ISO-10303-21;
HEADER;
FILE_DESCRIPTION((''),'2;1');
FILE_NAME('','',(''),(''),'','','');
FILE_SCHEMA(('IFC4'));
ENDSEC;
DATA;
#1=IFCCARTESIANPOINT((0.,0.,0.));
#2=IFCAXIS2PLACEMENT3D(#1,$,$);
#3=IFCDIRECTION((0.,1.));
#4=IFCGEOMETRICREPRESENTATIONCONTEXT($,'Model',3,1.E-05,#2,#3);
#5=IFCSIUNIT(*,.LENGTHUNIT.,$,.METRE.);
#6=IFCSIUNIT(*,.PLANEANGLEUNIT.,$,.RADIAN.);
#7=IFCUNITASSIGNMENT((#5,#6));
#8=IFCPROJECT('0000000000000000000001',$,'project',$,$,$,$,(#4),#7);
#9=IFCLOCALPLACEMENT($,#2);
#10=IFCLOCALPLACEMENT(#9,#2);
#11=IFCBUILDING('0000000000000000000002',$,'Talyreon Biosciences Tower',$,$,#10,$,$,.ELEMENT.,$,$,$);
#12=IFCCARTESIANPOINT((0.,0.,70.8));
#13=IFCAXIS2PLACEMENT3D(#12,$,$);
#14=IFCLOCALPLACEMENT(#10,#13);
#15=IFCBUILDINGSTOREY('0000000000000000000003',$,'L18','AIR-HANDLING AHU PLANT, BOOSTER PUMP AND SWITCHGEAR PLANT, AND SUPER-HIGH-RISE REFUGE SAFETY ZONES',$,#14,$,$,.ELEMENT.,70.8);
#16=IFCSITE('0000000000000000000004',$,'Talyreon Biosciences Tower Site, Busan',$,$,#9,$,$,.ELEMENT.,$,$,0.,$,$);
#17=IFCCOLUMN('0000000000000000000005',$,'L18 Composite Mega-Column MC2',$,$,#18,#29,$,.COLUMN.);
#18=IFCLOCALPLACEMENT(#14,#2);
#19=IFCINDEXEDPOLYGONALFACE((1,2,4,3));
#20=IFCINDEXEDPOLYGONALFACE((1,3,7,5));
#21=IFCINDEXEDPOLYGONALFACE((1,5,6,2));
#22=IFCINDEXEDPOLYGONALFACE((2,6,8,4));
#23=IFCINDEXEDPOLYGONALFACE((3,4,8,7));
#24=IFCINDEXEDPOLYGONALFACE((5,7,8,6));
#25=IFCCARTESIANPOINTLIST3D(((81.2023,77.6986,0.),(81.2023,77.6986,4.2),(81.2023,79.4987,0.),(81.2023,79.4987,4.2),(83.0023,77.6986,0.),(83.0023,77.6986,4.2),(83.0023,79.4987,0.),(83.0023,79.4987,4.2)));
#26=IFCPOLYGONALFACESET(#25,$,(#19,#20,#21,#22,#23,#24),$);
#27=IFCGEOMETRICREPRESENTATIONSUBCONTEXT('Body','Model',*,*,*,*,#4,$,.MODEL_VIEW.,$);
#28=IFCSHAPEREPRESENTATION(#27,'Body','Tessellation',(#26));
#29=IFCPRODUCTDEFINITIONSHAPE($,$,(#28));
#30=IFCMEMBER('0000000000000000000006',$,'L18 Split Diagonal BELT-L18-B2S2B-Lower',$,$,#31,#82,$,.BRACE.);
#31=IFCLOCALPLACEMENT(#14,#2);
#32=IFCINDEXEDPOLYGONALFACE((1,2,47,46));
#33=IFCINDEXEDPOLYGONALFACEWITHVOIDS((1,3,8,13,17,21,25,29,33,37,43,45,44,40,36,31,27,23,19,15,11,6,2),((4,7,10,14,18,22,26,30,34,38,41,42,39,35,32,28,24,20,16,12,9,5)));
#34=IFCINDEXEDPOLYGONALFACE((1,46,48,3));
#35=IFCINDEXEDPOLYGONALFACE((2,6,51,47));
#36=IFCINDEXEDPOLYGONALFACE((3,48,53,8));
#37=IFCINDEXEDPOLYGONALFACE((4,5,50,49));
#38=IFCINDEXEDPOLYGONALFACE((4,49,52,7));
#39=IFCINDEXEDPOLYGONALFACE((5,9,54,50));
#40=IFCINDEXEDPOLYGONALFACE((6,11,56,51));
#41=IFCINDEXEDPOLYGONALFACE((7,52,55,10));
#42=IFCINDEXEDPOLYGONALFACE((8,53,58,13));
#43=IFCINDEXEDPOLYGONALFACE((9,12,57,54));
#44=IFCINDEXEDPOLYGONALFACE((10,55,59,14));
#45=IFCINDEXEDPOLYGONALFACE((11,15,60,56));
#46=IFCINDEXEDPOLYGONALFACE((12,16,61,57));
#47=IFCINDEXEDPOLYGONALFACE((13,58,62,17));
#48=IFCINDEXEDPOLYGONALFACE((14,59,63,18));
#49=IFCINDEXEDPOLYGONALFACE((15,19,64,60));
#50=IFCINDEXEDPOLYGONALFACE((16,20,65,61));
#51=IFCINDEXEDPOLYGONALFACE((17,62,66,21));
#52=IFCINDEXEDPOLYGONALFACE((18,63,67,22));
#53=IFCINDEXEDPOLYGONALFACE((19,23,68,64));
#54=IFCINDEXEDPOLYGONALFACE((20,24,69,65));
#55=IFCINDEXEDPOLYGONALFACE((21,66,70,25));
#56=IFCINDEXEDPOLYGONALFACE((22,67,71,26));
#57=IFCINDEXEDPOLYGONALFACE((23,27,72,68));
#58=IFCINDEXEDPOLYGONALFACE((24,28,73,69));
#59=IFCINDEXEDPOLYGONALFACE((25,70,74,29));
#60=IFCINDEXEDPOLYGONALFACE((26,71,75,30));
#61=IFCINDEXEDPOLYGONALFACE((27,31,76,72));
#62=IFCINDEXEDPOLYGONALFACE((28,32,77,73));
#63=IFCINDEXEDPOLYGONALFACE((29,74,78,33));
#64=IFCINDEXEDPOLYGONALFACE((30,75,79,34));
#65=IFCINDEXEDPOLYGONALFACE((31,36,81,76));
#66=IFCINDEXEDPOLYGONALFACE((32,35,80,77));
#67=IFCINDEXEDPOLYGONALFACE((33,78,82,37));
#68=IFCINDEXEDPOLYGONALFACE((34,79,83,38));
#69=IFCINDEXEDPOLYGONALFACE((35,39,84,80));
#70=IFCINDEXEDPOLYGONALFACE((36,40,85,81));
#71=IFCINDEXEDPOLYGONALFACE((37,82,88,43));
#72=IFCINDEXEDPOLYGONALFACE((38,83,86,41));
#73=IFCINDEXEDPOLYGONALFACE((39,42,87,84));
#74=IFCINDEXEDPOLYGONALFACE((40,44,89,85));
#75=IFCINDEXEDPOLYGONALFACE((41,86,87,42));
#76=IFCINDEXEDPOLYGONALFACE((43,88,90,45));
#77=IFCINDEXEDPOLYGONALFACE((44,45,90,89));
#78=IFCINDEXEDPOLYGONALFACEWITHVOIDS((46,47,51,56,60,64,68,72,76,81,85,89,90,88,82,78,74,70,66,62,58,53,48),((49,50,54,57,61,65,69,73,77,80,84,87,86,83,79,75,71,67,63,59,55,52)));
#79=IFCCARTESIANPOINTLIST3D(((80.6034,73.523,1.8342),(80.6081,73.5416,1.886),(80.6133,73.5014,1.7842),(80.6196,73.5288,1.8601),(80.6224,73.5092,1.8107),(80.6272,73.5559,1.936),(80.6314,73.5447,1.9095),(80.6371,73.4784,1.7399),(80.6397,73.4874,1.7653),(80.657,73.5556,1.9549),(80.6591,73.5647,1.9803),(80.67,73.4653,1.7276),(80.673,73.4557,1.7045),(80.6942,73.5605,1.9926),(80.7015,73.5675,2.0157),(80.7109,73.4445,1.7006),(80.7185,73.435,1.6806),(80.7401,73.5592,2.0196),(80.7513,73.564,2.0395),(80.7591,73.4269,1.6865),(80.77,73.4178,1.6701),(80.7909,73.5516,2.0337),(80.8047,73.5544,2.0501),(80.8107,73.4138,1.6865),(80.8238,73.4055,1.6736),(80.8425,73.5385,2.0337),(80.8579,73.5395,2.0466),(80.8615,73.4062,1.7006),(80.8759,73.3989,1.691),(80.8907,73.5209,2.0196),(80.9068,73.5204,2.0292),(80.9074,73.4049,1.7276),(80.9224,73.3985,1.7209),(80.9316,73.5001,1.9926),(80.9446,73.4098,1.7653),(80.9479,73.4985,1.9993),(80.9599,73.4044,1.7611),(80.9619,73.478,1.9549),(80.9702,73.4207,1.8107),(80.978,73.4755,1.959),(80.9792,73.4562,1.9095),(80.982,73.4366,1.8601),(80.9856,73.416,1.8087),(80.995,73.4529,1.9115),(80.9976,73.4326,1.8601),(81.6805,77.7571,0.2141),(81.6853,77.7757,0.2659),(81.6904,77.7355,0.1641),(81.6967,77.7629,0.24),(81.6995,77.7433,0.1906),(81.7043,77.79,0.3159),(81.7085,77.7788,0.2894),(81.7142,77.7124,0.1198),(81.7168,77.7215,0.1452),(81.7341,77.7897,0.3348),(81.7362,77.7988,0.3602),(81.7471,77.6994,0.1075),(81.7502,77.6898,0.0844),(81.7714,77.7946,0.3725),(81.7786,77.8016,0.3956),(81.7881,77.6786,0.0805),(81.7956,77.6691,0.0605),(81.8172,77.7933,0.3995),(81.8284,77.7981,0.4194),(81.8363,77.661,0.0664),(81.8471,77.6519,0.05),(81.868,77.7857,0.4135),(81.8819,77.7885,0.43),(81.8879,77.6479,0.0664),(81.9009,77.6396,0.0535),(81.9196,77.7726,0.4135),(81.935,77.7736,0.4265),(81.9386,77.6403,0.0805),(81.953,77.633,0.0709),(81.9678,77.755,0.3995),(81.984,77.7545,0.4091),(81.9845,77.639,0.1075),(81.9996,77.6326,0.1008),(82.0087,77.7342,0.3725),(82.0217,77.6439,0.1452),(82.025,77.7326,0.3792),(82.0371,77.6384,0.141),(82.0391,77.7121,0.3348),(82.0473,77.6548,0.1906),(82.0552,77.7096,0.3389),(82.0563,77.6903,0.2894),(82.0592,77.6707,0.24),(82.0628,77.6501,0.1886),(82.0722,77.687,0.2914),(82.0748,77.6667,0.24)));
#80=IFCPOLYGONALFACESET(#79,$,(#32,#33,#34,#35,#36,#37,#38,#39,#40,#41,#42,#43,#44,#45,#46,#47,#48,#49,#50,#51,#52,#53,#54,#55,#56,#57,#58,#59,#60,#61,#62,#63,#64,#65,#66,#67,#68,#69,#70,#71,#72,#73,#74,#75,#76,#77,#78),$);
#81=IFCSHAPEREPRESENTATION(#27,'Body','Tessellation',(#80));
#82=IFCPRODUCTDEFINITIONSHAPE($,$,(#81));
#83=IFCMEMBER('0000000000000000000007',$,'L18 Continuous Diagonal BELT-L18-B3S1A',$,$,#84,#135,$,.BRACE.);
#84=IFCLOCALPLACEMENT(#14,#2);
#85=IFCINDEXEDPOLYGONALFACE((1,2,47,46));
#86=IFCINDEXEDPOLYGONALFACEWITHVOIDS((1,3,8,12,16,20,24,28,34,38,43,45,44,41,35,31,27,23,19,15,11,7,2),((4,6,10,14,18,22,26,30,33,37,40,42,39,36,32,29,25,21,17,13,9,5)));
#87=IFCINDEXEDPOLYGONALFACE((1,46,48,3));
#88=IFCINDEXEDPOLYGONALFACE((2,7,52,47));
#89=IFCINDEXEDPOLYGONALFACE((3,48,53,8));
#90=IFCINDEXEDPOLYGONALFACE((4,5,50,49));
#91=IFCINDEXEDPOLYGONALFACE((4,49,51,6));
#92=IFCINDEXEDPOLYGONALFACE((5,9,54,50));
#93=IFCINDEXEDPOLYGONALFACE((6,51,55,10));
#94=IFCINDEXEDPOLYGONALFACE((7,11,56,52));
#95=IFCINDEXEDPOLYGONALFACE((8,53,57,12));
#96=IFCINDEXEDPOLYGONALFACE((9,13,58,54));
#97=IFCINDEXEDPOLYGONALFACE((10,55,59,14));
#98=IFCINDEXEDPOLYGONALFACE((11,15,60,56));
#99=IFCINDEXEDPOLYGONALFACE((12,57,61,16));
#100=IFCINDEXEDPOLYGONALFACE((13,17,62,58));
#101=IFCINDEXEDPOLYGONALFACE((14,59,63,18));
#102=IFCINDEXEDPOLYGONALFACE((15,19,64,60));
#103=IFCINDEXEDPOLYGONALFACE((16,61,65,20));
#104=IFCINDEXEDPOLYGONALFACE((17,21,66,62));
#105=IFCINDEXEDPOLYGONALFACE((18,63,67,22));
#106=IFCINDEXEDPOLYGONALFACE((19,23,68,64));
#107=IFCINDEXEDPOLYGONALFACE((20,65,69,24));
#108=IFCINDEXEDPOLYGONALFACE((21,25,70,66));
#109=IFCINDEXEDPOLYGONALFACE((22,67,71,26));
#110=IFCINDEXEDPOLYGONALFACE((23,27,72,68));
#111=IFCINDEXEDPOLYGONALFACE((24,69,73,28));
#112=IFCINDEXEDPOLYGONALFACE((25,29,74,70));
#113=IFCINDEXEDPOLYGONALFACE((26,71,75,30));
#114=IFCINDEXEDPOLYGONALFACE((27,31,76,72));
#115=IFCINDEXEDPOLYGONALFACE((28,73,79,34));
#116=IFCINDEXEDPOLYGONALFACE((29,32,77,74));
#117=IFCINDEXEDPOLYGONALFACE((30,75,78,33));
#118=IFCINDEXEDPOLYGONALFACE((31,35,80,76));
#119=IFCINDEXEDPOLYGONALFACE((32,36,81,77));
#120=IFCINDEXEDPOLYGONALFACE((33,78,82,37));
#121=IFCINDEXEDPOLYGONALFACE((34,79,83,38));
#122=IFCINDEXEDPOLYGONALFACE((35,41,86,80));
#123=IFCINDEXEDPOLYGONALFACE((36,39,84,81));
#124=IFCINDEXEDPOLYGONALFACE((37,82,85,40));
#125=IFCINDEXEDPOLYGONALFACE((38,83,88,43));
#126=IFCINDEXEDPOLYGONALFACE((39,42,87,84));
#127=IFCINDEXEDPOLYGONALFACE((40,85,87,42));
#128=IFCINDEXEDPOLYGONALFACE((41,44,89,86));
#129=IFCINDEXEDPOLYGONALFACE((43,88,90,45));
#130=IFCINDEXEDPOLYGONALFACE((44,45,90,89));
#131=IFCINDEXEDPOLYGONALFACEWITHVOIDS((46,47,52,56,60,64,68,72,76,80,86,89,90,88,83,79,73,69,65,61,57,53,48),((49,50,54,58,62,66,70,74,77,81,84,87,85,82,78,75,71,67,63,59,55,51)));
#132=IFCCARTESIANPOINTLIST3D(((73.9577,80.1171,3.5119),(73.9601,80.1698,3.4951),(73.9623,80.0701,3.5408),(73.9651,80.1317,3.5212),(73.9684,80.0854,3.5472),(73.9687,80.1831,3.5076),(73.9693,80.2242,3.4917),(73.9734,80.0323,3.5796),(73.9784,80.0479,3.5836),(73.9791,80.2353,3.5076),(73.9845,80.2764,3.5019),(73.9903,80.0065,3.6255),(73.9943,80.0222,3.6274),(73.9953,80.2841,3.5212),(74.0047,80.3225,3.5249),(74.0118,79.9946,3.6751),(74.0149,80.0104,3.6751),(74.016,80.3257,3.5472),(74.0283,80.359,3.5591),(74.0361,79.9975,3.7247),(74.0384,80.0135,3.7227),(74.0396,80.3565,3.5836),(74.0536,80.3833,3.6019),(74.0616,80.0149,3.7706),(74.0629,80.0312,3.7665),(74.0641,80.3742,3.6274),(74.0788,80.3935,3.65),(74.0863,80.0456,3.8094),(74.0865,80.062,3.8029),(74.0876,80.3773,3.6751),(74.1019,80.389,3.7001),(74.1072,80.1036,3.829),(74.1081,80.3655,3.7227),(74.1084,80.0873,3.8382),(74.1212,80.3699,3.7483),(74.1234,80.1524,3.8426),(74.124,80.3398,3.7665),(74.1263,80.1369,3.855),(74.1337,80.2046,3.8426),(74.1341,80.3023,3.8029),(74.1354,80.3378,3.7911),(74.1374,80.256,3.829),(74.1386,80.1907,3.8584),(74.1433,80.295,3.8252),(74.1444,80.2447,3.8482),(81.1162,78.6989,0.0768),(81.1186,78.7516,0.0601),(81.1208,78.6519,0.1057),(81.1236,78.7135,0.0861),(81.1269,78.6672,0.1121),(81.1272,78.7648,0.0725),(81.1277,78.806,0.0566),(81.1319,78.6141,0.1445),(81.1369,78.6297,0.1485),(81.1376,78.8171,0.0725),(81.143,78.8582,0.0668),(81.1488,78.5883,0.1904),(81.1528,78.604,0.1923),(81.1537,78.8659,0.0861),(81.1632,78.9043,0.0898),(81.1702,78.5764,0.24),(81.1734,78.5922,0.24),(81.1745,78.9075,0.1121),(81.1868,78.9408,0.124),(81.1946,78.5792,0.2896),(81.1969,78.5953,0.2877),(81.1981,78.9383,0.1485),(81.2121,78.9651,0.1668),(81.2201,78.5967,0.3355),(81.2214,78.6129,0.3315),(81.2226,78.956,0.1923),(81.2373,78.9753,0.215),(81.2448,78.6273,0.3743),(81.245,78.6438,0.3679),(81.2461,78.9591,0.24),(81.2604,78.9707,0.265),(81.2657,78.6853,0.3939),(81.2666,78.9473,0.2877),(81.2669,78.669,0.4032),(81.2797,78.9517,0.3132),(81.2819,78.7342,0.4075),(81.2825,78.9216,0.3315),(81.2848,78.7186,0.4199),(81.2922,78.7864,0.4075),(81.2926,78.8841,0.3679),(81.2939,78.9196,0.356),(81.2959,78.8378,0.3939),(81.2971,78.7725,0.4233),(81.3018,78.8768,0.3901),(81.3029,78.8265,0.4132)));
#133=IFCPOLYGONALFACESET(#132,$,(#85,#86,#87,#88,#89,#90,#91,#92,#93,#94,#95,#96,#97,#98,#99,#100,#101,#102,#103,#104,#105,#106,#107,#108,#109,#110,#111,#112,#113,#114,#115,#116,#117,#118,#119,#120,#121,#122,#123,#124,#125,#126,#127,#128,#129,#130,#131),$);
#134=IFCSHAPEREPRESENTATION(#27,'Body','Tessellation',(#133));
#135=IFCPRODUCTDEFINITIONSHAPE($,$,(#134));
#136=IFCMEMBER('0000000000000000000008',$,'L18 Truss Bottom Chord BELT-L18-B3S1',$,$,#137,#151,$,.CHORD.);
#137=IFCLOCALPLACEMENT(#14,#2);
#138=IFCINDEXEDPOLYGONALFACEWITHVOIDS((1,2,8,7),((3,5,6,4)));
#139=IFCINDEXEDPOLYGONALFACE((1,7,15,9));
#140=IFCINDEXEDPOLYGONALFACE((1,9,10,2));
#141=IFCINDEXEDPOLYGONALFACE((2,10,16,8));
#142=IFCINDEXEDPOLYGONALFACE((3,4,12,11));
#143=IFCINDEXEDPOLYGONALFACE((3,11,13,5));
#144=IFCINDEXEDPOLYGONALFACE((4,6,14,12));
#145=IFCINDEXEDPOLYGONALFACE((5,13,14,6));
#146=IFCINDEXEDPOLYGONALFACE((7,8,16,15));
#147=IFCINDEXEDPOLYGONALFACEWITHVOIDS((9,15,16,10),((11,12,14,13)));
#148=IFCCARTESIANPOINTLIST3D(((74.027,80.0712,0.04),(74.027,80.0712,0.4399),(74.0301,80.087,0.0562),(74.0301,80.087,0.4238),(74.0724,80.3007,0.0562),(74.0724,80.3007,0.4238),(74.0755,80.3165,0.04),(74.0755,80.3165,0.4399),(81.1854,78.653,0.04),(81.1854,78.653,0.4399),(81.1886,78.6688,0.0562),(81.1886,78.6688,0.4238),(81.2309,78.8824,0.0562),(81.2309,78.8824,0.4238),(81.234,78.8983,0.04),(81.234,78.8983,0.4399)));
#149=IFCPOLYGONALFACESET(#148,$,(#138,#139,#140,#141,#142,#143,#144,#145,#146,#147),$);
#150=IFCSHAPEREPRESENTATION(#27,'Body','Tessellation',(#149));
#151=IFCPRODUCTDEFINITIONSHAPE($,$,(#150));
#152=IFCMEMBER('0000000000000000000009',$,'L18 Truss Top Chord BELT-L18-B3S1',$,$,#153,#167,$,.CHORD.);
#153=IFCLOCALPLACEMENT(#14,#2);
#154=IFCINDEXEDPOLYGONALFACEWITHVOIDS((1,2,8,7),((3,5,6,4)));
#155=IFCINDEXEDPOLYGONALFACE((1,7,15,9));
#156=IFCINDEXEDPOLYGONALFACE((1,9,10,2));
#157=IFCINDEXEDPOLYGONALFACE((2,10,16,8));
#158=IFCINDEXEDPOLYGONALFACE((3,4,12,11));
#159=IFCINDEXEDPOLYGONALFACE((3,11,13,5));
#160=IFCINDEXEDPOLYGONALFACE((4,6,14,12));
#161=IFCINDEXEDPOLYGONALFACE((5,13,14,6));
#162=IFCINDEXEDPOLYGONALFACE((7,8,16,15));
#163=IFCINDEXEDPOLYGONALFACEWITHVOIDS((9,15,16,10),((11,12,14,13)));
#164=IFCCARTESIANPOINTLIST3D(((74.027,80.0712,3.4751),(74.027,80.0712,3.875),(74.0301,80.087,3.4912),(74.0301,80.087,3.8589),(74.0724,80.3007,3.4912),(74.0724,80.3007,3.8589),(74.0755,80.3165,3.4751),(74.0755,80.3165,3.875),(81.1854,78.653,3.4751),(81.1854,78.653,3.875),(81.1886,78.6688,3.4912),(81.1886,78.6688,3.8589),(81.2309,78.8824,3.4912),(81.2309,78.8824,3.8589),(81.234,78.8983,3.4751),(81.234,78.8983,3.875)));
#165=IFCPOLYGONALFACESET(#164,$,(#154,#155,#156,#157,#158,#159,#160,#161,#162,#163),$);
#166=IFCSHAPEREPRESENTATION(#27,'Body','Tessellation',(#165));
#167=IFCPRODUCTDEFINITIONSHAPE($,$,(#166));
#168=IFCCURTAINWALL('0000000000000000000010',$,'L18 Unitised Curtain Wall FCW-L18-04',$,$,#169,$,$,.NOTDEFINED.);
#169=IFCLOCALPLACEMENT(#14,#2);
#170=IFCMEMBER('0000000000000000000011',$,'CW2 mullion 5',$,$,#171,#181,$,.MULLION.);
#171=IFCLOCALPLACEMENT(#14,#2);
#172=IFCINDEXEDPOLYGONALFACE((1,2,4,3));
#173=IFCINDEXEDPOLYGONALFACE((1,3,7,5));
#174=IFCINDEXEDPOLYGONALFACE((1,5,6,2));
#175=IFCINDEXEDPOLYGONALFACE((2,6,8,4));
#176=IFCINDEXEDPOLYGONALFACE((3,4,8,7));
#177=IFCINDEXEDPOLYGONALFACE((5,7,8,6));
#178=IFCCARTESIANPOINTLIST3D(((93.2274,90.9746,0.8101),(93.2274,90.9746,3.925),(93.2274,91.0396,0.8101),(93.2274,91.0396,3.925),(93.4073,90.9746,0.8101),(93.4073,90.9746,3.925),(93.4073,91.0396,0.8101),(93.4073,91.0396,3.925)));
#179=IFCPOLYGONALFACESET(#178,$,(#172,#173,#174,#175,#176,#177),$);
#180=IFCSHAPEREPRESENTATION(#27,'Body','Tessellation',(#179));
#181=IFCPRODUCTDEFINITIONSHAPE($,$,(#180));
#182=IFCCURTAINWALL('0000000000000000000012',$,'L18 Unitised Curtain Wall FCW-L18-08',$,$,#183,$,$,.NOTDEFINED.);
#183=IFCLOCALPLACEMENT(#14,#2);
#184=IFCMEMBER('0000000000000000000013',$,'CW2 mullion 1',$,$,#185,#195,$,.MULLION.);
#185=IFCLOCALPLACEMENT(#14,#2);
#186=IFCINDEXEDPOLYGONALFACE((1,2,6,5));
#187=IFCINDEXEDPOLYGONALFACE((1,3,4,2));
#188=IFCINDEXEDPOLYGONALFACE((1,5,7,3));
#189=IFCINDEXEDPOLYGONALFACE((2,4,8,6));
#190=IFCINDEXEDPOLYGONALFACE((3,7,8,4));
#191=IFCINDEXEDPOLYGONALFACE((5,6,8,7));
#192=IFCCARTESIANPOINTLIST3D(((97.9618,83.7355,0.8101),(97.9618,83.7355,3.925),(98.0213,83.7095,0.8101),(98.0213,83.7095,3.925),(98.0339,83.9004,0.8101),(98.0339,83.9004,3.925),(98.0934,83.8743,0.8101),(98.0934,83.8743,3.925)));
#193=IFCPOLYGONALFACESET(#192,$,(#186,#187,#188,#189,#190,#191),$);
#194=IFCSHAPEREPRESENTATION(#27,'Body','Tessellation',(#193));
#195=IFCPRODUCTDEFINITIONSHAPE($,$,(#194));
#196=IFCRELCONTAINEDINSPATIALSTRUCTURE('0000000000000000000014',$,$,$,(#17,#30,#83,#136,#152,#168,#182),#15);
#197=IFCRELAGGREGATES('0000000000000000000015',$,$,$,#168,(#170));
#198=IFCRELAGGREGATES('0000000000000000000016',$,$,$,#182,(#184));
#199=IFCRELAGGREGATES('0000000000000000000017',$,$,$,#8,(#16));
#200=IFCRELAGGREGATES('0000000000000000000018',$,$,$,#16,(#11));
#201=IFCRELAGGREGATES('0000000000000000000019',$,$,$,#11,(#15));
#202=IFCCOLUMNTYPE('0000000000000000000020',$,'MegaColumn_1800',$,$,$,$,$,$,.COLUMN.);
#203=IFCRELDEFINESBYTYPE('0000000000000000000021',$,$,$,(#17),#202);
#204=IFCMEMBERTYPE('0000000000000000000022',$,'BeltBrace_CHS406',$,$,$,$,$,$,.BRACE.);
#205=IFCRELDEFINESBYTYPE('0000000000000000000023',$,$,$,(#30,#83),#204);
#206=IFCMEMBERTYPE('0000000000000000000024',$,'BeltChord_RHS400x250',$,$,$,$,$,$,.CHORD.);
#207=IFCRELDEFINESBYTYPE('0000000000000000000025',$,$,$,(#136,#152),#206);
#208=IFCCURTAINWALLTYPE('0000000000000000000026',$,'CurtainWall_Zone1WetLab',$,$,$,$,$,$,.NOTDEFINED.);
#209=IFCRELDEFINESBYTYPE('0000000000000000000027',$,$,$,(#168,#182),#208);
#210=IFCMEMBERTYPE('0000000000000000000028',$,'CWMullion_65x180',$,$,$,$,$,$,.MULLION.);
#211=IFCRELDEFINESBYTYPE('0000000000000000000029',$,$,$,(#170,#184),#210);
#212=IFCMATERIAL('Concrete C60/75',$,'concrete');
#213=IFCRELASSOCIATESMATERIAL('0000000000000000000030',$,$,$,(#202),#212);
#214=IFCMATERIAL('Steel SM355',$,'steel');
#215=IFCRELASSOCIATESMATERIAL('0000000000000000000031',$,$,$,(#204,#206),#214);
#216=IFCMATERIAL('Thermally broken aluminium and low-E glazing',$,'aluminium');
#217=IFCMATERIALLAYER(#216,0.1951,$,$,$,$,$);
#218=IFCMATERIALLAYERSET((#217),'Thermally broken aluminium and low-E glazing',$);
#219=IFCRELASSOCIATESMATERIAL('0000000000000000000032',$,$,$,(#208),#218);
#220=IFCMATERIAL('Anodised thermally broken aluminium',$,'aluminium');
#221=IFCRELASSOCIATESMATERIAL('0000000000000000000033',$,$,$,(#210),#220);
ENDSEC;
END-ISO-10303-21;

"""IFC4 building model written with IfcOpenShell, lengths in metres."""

from ifc_helpers import new_model, si_unit, direction, frame, origin, origin_2d, place, context, subcontext, project, spatial, rectangle, hollow_rectangle, hollow_circle, extrude, material, layer, layer_set, material_profile, profile_set, type_object, element, aggregate, save


model = new_model("IFC4")

# Units and contexts
model_context = context("Model", 3, precision=1e-05, world=origin(), true_north=direction((0.0, 1.0)))
body_context = subcontext(model_context, "Body", "Model", "MODEL_VIEW")
ifc_project = project(units=[si_unit("LENGTHUNIT", "METRE"), si_unit("PLANEANGLEUNIT", "RADIAN")], contexts=[model_context])

# Site, building, storey
site_placement = place(None, origin())
site = spatial("IfcSite", under=ifc_project, at=site_placement, Name="Talyreon Biosciences Tower Site, Busan", CompositionType="ELEMENT", RefElevation=0.0)
building_placement = place(site_placement, origin())
building = spatial("IfcBuilding", under=site, at=building_placement, Name="Talyreon Biosciences Tower", CompositionType="ELEMENT")
storey_placement = place(building_placement, frame((0.0, 0.0, 70.8)))
storey = spatial("IfcBuildingStorey", under=building, at=storey_placement, Name="L18", Description="AIR-HANDLING AHU PLANT, BOOSTER PUMP AND SWITCHGEAR PLANT, AND SUPER-HIGH-RISE REFUGE SAFETY ZONES", CompositionType="ELEMENT", Elevation=70.8)

# Column
ifc_material_1 = material(Name="Concrete C60/75", Category="concrete")
ifc_material_profile_1 = material_profile(ifc_material_1, rectangle(XDim=1.8, YDim=1.8, at=origin_2d()), Name="RC 1800x1800")
ifc_profile_set_1 = profile_set([ifc_material_profile_1], Name="Concrete C60/75")
column_type = type_object("IfcColumnType", Name="MegaColumn_1800", PredefinedType="COLUMN", material=ifc_profile_set_1)
column_placement = place(storey_placement, frame((82.1023, 78.5986, 0.0), z_axis=(0.0, 0.0, 1.0), x_axis=(1.0, 0.0, 0.0)))
element("IfcColumn", 1, at=column_placement, inside=storey, type_object=column_type, Name="L18 Composite Mega-Column MC2", PredefinedType="COLUMN", context=body_context, shape_type="SweptSolid", body=[
    extrude(rectangle(XDim=1.8, YDim=1.8, at=origin_2d()), origin(), (0.0, 0.0, 1.0), 4.2),
])

# Members
ifc_material_2 = material(Name="Steel SM355", Category="steel")
ifc_material_profile_2 = material_profile(ifc_material_2, hollow_circle(Radius=0.2031, WallThickness=0.0161, at=origin_2d()), Name="CHS 406.4x16")
ifc_profile_set_2 = profile_set([ifc_material_profile_2], Name="Steel SM355")
member_type_1 = type_object("IfcMemberType", Name="BeltBrace_CHS406", PredefinedType="BRACE", material=ifc_profile_set_2)
member_1_placement = place(storey_placement, frame((81.8779, 77.7168, 0.24), z_axis=(-0.231162, -0.908668, 0.347686), x_axis=(0.969132, -0.246544, 0.0)))
element("IfcMember", 2, at=member_1_placement, inside=storey, type_object=member_type_1, Name="L18 Split Diagonal BELT-L18-B2S2B-Lower", PredefinedType="BRACE", context=body_context, shape_type="SweptSolid", body=[
    extrude(hollow_circle(Radius=0.2031, WallThickness=0.0161, at=origin_2d()), origin(), (0.0, 0.0, 1.0), 4.6597),
])
member_2_placement = place(storey_placement, frame((81.2097, 78.7756, 0.24), z_axis=(-0.887525, 0.175834, 0.425889), x_axis=(-0.19434, -0.980934, 0.0)))
element("IfcMember", 3, at=member_2_placement, inside=storey, type_object=member_type_1, Name="L18 Continuous Diagonal BELT-L18-B3S1A", PredefinedType="BRACE", context=body_context, shape_type="SweptSolid", body=[
    extrude(hollow_circle(Radius=0.2031, WallThickness=0.0161, at=origin_2d()), origin(), (0.0, 0.0, 1.0), 8.0657),
])
ifc_material_profile_3 = material_profile(ifc_material_2, hollow_rectangle(XDim=0.25, YDim=0.3999, WallThickness=0.0161, at=origin_2d()), Name="RHS 400x250x16")
ifc_profile_set_3 = profile_set([ifc_material_profile_3], Name="Steel SM355")
member_type_2 = type_object("IfcMemberType", Name="BeltChord_RHS400x250", PredefinedType="CHORD", material=ifc_profile_set_3)
for number, where, z_axis, x_axis, name in (
    (4, (81.2097, 78.7756, 0.24), (-0.980934, 0.19434, 0.0), (-0.19434, -0.980934, 0.0), "L18 Truss Bottom Chord BELT-L18-B3S1"),
    (5, (81.2097, 78.7756, 3.675), (-0.980934, 0.19434, 0.0), (-0.19434, -0.980934, 0.0), "L18 Truss Top Chord BELT-L18-B3S1"),
):
    element("IfcMember", number, at=place(storey_placement, frame(where, z_axis=z_axis, x_axis=x_axis)), inside=storey, type_object=member_type_2, Name=name, PredefinedType="CHORD", context=body_context, shape_type="SweptSolid", body=[
        extrude(hollow_rectangle(XDim=0.25, YDim=0.3999, WallThickness=0.0161, at=origin_2d()), origin(), (0.0, 0.0, 1.0), 7.2976),
    ])

# Curtain wall, member
ifc_material_3 = material(Name="Thermally broken aluminium and low-E glazing", Category="aluminium")
ifc_layer_1 = layer(ifc_material_3, 0.1951)
ifc_layer_set_1 = layer_set([ifc_layer_1], Name="Thermally broken aluminium and low-E glazing")
curtain_wall_type = type_object("IfcCurtainWallType", Name="CurtainWall_Zone1WetLab", PredefinedType="NOTDEFINED", material=ifc_layer_set_1)
curtain_wall_1_placement = place(storey_placement, origin())
curtain_wall_1 = element("IfcCurtainWall", 6, at=curtain_wall_1_placement, inside=storey, type_object=curtain_wall_type, Name="L18 Unitised Curtain Wall FCW-L18-04", PredefinedType="NOTDEFINED")
ifc_material_4 = material(Name="Anodised thermally broken aluminium", Category="aluminium")
ifc_material_profile_4 = material_profile(ifc_material_4, rectangle(XDim=0.0649, YDim=0.1799, at=origin_2d()), Name="ALUM MULLION 65x180")
ifc_profile_set_4 = profile_set([ifc_material_profile_4], Name="Anodised thermally broken aluminium")
member_type_3 = type_object("IfcMemberType", Name="CWMullion_65x180", PredefinedType="MULLION", material=ifc_profile_set_4)
member_3_placement = place(storey_placement, frame((93.3174, 91.0071, 0.8101), z_axis=(0.0, 0.0, 1.0), x_axis=(0.0, 1.0, 0.0)))
member_3 = element("IfcMember", 7, at=member_3_placement, type_object=member_type_3, Name="CW2 mullion 5", PredefinedType="MULLION", context=body_context, shape_type="SweptSolid", body=[
    extrude(rectangle(XDim=0.0649, YDim=0.1799, at=origin_2d()), origin(), (0.0, 0.0, 1.0), 3.115),
])

# Curtain wall, member
curtain_wall_2_placement = place(storey_placement, origin())
curtain_wall_2 = element("IfcCurtainWall", 8, at=curtain_wall_2_placement, inside=storey, type_object=curtain_wall_type, Name="L18 Unitised Curtain Wall FCW-L18-08", PredefinedType="NOTDEFINED")
member_4_placement = place(storey_placement, frame((98.0276, 83.8049, 0.8101), z_axis=(0.0, 0.0, 1.0), x_axis=(0.916152, -0.400831, 0.0)))
member_4 = element("IfcMember", 9, at=member_4_placement, type_object=member_type_3, Name="CW2 mullion 1", PredefinedType="MULLION", context=body_context, shape_type="SweptSolid", body=[
    extrude(rectangle(XDim=0.0649, YDim=0.1799, at=origin_2d()), origin(), (0.0, 0.0, 1.0), 3.115),
])

aggregate(curtain_wall_1, [member_3])
aggregate(curtain_wall_2, [member_4])

save(model, "model.ifc")
